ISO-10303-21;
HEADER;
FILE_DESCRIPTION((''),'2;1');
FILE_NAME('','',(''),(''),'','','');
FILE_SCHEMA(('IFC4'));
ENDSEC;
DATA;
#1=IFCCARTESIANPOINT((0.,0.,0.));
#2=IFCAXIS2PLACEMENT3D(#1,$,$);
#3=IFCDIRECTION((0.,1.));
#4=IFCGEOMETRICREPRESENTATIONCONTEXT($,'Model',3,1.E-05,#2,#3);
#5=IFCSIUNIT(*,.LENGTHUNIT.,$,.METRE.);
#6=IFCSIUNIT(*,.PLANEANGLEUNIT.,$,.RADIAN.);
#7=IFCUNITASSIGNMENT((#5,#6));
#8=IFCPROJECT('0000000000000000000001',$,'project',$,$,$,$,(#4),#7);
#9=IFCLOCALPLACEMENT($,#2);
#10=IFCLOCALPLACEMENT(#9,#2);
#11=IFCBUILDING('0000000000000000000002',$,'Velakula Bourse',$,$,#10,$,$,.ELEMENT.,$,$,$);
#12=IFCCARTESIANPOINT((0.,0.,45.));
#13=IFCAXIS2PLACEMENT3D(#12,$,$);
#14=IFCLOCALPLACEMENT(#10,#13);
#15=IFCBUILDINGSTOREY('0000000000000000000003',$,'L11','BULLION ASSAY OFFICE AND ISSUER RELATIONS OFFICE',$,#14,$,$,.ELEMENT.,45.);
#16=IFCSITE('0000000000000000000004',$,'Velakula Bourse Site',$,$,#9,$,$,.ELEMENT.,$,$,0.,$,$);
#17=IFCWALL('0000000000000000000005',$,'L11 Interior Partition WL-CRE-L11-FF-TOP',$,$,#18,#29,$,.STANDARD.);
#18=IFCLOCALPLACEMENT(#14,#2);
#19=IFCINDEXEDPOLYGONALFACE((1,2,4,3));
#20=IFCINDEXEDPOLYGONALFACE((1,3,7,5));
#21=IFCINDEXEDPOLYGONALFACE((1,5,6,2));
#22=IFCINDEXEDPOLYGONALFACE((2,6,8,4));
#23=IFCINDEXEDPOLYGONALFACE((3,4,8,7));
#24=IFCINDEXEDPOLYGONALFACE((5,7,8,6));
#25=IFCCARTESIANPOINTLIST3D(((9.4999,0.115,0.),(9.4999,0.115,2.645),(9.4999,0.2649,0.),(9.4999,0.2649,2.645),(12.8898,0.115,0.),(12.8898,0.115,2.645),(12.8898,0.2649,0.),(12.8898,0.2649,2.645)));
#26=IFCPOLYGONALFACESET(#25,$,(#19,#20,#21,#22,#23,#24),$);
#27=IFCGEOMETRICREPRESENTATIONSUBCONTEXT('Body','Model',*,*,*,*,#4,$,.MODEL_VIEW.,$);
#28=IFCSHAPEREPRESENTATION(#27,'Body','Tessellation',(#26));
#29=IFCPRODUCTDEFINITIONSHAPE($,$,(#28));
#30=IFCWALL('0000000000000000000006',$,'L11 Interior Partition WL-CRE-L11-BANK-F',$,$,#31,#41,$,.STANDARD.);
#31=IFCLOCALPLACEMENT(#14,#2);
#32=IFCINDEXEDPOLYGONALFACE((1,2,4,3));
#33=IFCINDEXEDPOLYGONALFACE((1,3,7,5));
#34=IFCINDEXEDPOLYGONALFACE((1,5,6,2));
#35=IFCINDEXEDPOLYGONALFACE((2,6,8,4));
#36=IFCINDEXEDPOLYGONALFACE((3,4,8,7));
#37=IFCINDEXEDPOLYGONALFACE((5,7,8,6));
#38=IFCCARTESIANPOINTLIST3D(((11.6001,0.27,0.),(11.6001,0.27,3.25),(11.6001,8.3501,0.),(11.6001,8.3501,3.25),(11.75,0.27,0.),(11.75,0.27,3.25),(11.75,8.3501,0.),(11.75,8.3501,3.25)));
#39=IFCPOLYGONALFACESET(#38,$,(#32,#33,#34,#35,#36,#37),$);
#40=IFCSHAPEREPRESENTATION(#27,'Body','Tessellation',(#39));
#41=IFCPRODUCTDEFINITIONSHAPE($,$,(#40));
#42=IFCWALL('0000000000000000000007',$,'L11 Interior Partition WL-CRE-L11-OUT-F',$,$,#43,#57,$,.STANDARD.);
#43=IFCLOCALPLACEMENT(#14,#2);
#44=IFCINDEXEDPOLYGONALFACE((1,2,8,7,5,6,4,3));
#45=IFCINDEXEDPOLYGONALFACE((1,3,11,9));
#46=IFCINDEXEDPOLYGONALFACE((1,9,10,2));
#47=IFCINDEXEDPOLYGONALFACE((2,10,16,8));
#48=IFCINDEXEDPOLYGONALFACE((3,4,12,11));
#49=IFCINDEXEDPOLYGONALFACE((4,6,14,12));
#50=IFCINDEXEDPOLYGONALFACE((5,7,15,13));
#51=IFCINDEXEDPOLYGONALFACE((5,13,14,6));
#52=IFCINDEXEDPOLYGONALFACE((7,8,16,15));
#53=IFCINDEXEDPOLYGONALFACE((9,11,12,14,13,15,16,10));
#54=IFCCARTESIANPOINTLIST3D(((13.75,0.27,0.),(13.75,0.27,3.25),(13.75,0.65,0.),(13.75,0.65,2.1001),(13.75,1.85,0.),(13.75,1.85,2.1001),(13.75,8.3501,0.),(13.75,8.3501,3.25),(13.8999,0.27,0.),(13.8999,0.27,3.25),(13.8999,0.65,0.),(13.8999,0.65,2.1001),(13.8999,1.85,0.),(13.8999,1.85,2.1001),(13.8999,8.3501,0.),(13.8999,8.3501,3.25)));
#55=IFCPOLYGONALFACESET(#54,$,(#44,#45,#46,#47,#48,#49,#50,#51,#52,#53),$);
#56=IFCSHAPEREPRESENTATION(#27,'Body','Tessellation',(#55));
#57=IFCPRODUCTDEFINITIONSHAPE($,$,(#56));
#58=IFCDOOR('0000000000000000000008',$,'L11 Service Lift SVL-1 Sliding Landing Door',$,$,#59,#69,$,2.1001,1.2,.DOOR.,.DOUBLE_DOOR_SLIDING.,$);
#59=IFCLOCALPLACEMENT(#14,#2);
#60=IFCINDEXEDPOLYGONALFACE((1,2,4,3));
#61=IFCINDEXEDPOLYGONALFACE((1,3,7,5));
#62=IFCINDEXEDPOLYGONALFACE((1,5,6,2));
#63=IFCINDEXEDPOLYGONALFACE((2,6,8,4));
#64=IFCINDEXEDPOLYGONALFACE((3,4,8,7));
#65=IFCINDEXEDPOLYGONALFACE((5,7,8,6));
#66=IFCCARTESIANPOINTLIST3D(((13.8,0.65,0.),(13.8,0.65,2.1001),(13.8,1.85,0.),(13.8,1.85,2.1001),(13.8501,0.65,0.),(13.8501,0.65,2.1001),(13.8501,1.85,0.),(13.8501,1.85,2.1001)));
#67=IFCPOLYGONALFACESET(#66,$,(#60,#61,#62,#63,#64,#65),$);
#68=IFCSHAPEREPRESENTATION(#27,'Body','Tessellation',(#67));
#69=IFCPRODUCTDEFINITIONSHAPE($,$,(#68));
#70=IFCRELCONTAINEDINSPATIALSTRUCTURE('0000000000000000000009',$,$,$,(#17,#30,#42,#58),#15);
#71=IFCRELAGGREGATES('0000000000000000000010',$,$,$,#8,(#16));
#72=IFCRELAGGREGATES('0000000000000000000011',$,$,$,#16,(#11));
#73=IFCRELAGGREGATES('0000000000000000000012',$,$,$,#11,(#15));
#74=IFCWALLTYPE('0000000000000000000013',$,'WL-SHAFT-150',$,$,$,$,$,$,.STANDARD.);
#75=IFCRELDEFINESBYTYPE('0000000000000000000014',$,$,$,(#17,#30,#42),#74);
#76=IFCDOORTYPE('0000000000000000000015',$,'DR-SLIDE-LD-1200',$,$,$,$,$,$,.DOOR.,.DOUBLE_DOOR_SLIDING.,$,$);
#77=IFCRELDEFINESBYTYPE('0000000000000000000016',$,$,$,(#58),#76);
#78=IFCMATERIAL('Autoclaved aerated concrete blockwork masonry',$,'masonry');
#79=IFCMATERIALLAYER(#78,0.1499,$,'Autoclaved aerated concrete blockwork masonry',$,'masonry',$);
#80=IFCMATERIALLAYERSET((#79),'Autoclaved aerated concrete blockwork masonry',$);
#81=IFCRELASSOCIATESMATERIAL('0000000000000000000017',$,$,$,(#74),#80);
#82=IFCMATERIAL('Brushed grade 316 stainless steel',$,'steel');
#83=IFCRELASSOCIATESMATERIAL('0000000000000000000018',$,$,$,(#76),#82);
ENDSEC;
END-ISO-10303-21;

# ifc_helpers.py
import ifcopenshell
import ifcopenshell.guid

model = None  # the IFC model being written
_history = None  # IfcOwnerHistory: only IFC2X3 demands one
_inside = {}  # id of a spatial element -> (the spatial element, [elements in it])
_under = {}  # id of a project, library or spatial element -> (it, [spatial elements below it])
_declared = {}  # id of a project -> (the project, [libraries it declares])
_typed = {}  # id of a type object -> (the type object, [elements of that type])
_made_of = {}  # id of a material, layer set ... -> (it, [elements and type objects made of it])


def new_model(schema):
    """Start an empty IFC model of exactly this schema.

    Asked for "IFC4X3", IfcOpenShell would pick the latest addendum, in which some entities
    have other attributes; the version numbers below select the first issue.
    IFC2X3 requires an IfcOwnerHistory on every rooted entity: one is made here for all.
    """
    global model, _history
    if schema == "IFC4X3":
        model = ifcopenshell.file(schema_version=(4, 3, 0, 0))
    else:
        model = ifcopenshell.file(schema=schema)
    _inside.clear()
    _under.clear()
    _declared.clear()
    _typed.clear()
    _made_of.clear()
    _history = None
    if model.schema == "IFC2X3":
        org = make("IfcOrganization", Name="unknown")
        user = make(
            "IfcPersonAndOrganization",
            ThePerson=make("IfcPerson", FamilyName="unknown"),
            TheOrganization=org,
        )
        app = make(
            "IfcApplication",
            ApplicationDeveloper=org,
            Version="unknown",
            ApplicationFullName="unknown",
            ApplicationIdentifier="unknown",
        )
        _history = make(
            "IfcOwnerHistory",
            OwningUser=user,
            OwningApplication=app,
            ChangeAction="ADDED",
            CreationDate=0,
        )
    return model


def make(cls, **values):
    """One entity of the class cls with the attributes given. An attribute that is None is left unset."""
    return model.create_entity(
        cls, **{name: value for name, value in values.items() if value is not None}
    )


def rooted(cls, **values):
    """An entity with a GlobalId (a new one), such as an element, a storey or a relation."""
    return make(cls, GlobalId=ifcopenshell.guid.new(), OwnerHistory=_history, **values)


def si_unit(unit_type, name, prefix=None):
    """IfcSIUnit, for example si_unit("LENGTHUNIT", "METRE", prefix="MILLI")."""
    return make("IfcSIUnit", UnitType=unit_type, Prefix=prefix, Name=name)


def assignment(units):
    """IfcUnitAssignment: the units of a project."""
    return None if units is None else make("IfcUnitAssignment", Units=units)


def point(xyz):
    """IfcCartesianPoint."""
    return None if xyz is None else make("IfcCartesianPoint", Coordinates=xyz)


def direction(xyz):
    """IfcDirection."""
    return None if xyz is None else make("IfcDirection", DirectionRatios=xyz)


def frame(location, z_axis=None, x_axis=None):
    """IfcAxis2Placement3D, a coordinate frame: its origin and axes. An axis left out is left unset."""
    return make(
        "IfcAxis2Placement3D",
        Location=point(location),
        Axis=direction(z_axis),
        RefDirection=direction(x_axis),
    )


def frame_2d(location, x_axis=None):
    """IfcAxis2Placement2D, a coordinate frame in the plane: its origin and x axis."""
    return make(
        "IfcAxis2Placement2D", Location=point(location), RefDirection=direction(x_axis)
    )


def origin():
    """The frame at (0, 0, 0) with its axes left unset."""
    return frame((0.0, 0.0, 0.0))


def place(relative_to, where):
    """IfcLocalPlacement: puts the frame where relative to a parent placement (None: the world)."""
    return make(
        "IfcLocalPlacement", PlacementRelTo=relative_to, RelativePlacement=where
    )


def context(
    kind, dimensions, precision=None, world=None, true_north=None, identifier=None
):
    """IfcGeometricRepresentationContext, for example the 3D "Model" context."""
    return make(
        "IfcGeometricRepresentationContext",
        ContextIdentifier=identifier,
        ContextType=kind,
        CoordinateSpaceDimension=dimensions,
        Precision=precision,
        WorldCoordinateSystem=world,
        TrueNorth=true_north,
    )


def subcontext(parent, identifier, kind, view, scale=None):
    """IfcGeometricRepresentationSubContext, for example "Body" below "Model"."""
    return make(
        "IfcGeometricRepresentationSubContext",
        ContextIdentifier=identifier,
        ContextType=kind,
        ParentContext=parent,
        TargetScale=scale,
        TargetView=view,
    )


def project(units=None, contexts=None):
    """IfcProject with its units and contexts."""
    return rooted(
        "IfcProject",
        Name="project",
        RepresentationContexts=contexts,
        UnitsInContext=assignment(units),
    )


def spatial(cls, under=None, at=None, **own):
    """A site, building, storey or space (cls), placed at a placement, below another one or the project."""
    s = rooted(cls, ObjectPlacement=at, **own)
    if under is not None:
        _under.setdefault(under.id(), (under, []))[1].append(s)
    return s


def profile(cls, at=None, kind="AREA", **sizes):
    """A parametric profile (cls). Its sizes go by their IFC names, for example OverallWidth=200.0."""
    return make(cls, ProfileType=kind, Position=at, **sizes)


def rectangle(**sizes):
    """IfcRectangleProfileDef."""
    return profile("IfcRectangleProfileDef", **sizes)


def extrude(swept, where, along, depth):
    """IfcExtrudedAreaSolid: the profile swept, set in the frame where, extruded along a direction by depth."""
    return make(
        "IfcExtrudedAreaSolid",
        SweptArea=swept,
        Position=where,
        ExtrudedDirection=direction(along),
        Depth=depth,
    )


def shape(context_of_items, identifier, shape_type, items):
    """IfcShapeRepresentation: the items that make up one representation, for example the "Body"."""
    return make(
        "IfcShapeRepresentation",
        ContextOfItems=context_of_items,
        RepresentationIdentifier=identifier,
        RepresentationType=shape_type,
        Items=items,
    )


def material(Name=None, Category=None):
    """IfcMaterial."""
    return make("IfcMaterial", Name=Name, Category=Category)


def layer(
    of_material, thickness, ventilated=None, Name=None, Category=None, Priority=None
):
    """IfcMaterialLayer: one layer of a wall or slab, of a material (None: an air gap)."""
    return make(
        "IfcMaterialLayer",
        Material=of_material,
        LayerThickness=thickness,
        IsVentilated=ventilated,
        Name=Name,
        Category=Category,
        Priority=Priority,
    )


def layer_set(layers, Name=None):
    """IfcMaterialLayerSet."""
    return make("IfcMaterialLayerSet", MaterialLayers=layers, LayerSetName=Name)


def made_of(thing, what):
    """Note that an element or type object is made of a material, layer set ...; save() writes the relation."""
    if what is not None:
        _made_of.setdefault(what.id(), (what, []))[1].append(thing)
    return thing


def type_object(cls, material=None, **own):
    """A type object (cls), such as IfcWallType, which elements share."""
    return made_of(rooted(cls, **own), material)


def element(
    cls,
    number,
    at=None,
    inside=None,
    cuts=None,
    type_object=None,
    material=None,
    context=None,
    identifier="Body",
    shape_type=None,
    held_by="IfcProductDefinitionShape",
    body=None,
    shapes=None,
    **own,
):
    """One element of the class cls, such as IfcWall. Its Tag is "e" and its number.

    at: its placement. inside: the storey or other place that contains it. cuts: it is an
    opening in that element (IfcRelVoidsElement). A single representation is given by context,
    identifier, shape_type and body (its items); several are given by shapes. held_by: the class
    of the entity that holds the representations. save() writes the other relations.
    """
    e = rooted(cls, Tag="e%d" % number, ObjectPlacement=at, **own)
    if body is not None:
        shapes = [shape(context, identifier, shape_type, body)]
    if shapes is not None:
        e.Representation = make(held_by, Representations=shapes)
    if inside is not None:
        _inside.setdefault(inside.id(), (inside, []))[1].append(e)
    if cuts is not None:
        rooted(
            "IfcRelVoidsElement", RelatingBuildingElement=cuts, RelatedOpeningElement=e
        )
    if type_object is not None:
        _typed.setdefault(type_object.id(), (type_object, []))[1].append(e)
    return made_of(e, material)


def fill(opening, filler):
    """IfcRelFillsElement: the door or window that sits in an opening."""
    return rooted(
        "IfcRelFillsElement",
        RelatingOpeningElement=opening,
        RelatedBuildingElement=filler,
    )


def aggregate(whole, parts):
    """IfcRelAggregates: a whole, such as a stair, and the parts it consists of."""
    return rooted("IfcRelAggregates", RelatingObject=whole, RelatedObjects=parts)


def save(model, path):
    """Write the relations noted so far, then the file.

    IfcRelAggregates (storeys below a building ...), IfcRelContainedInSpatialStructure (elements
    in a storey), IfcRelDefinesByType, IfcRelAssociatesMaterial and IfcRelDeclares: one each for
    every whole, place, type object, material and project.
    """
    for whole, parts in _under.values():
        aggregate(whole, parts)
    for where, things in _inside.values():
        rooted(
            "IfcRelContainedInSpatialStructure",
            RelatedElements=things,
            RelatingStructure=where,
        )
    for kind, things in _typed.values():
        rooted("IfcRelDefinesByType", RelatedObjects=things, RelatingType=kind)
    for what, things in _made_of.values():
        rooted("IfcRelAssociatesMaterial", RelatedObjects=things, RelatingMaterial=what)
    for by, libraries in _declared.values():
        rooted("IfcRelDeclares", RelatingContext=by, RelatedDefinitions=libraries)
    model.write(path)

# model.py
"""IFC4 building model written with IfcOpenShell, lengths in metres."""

from ifc_helpers import new_model, si_unit, direction, frame, frame_2d, origin, place, context, subcontext, project, spatial, rectangle, extrude, material, layer, layer_set, type_object, element, fill, save


model = new_model("IFC4")

# Units and contexts
model_context = context("Model", 3, precision=1e-05, world=origin(), true_north=direction((0.0, 1.0)))
body_context = subcontext(model_context, "Body", "Model", "MODEL_VIEW")
ifc_project = project(units=[si_unit("LENGTHUNIT", "METRE"), si_unit("PLANEANGLEUNIT", "RADIAN")], contexts=[model_context])

# Site, building, storey
site_placement = place(None, origin())
site = spatial("IfcSite", under=ifc_project, at=site_placement, Name="Velakula Bourse Site", CompositionType="ELEMENT", RefElevation=0.0)
building_placement = place(site_placement, origin())
building = spatial("IfcBuilding", under=site, at=building_placement, Name="Velakula Bourse", CompositionType="ELEMENT")
storey_placement = place(building_placement, frame((0.0, 0.0, 45.0)))
storey = spatial("IfcBuildingStorey", under=building, at=storey_placement, Name="L11", Description="BULLION ASSAY OFFICE AND ISSUER RELATIONS OFFICE", CompositionType="ELEMENT", Elevation=45.0)

# Walls
ifc_material_1 = material(Name="Autoclaved aerated concrete blockwork masonry", Category="masonry")
ifc_layer_1 = layer(ifc_material_1, 0.1499, Name="Autoclaved aerated concrete blockwork masonry", Category="masonry")
ifc_layer_set_1 = layer_set([ifc_layer_1], Name="Autoclaved aerated concrete blockwork masonry")
wall_type_1 = type_object("IfcWallType", Name="WL-SHAFT-150", PredefinedType="STANDARD", material=ifc_layer_set_1)
wall_1_placement = place(storey_placement, frame((9.5, 0.1899, 0.0), z_axis=(0.0, 0.0, 1.0), x_axis=(1.0, 0.0, 0.0)))
element("IfcWall", 1, at=wall_1_placement, inside=storey, type_object=wall_type_1, Name="L11 Interior Partition WL-CRE-L11-FF-TOP", PredefinedType="STANDARD", context=body_context, shape_type="SweptSolid", body=[
    extrude(rectangle(XDim=3.3899, YDim=0.1499, at=frame_2d((1.6948, 0.0))), origin(), (0.0, 0.0, 1.0), 2.645),
])
wall_2_placement = place(storey_placement, frame((11.675, 0.27, 0.0), z_axis=(0.0, 0.0, 1.0), x_axis=(0.0, 1.0, 0.0)))
element("IfcWall", 2, at=wall_2_placement, inside=storey, type_object=wall_type_1, Name="L11 Interior Partition WL-CRE-L11-BANK-F", PredefinedType="STANDARD", context=body_context, shape_type="SweptSolid", body=[
    extrude(rectangle(XDim=8.0801, YDim=0.1499, at=frame_2d((4.04, 0.0))), origin(), (0.0, 0.0, 1.0), 3.25),
])

# Wall, opening, door
wall_3_placement = place(storey_placement, frame((13.825, 0.27, 0.0), z_axis=(0.0, 0.0, 1.0), x_axis=(0.0, 1.0, 0.0)))
wall_3 = element("IfcWall", 3, at=wall_3_placement, inside=storey, type_object=wall_type_1, Name="L11 Interior Partition WL-CRE-L11-OUT-F", PredefinedType="STANDARD", context=body_context, shape_type="SweptSolid", body=[
    extrude(rectangle(XDim=8.0801, YDim=0.1499, at=frame_2d((4.04, 0.0))), origin(), (0.0, 0.0, 1.0), 3.25),
])
opening_1_placement = place(wall_3_placement, frame((0.3799, 0.0, 0.0)))
opening_1 = element("IfcOpeningElement", 4, at=opening_1_placement, cuts=wall_3, PredefinedType="OPENING", context=body_context, shape_type="SweptSolid", body=[
    extrude(rectangle(XDim=1.2, YDim=2.1001, at=frame_2d((0.6001, 1.05))), frame((0.0, 0.085, 0.0), z_axis=(0.0, -1.0, 0.0), x_axis=(1.0, 0.0, 0.0)), (0.0, 0.0, 1.0), 0.1699),
])
ifc_material_2 = material(Name="Brushed grade 316 stainless steel", Category="steel")
door_type_1 = type_object("IfcDoorType", Name="DR-SLIDE-LD-1200", OperationType="DOUBLE_DOOR_SLIDING", PredefinedType="DOOR", material=ifc_material_2)
door_1_placement = place(opening_1_placement, origin())
door_1 = element("IfcDoor", 5, at=door_1_placement, inside=storey, type_object=door_type_1, Name="L11 Service Lift SVL-1 Sliding Landing Door", OperationType="DOUBLE_DOOR_SLIDING", OverallHeight=2.1001, OverallWidth=1.2, PredefinedType="DOOR", context=body_context, shape_type="SweptSolid", body=[
    extrude(rectangle(XDim=1.2, YDim=2.1001, at=frame_2d((0.6001, 1.05))), frame((0.0, 0.0249, 0.0), z_axis=(0.0, -1.0, 0.0), x_axis=(1.0, 0.0, 0.0)), (0.0, 0.0, 1.0), 0.05),
])
fill(opening_1, door_1)

save(model, "model.ifc")
